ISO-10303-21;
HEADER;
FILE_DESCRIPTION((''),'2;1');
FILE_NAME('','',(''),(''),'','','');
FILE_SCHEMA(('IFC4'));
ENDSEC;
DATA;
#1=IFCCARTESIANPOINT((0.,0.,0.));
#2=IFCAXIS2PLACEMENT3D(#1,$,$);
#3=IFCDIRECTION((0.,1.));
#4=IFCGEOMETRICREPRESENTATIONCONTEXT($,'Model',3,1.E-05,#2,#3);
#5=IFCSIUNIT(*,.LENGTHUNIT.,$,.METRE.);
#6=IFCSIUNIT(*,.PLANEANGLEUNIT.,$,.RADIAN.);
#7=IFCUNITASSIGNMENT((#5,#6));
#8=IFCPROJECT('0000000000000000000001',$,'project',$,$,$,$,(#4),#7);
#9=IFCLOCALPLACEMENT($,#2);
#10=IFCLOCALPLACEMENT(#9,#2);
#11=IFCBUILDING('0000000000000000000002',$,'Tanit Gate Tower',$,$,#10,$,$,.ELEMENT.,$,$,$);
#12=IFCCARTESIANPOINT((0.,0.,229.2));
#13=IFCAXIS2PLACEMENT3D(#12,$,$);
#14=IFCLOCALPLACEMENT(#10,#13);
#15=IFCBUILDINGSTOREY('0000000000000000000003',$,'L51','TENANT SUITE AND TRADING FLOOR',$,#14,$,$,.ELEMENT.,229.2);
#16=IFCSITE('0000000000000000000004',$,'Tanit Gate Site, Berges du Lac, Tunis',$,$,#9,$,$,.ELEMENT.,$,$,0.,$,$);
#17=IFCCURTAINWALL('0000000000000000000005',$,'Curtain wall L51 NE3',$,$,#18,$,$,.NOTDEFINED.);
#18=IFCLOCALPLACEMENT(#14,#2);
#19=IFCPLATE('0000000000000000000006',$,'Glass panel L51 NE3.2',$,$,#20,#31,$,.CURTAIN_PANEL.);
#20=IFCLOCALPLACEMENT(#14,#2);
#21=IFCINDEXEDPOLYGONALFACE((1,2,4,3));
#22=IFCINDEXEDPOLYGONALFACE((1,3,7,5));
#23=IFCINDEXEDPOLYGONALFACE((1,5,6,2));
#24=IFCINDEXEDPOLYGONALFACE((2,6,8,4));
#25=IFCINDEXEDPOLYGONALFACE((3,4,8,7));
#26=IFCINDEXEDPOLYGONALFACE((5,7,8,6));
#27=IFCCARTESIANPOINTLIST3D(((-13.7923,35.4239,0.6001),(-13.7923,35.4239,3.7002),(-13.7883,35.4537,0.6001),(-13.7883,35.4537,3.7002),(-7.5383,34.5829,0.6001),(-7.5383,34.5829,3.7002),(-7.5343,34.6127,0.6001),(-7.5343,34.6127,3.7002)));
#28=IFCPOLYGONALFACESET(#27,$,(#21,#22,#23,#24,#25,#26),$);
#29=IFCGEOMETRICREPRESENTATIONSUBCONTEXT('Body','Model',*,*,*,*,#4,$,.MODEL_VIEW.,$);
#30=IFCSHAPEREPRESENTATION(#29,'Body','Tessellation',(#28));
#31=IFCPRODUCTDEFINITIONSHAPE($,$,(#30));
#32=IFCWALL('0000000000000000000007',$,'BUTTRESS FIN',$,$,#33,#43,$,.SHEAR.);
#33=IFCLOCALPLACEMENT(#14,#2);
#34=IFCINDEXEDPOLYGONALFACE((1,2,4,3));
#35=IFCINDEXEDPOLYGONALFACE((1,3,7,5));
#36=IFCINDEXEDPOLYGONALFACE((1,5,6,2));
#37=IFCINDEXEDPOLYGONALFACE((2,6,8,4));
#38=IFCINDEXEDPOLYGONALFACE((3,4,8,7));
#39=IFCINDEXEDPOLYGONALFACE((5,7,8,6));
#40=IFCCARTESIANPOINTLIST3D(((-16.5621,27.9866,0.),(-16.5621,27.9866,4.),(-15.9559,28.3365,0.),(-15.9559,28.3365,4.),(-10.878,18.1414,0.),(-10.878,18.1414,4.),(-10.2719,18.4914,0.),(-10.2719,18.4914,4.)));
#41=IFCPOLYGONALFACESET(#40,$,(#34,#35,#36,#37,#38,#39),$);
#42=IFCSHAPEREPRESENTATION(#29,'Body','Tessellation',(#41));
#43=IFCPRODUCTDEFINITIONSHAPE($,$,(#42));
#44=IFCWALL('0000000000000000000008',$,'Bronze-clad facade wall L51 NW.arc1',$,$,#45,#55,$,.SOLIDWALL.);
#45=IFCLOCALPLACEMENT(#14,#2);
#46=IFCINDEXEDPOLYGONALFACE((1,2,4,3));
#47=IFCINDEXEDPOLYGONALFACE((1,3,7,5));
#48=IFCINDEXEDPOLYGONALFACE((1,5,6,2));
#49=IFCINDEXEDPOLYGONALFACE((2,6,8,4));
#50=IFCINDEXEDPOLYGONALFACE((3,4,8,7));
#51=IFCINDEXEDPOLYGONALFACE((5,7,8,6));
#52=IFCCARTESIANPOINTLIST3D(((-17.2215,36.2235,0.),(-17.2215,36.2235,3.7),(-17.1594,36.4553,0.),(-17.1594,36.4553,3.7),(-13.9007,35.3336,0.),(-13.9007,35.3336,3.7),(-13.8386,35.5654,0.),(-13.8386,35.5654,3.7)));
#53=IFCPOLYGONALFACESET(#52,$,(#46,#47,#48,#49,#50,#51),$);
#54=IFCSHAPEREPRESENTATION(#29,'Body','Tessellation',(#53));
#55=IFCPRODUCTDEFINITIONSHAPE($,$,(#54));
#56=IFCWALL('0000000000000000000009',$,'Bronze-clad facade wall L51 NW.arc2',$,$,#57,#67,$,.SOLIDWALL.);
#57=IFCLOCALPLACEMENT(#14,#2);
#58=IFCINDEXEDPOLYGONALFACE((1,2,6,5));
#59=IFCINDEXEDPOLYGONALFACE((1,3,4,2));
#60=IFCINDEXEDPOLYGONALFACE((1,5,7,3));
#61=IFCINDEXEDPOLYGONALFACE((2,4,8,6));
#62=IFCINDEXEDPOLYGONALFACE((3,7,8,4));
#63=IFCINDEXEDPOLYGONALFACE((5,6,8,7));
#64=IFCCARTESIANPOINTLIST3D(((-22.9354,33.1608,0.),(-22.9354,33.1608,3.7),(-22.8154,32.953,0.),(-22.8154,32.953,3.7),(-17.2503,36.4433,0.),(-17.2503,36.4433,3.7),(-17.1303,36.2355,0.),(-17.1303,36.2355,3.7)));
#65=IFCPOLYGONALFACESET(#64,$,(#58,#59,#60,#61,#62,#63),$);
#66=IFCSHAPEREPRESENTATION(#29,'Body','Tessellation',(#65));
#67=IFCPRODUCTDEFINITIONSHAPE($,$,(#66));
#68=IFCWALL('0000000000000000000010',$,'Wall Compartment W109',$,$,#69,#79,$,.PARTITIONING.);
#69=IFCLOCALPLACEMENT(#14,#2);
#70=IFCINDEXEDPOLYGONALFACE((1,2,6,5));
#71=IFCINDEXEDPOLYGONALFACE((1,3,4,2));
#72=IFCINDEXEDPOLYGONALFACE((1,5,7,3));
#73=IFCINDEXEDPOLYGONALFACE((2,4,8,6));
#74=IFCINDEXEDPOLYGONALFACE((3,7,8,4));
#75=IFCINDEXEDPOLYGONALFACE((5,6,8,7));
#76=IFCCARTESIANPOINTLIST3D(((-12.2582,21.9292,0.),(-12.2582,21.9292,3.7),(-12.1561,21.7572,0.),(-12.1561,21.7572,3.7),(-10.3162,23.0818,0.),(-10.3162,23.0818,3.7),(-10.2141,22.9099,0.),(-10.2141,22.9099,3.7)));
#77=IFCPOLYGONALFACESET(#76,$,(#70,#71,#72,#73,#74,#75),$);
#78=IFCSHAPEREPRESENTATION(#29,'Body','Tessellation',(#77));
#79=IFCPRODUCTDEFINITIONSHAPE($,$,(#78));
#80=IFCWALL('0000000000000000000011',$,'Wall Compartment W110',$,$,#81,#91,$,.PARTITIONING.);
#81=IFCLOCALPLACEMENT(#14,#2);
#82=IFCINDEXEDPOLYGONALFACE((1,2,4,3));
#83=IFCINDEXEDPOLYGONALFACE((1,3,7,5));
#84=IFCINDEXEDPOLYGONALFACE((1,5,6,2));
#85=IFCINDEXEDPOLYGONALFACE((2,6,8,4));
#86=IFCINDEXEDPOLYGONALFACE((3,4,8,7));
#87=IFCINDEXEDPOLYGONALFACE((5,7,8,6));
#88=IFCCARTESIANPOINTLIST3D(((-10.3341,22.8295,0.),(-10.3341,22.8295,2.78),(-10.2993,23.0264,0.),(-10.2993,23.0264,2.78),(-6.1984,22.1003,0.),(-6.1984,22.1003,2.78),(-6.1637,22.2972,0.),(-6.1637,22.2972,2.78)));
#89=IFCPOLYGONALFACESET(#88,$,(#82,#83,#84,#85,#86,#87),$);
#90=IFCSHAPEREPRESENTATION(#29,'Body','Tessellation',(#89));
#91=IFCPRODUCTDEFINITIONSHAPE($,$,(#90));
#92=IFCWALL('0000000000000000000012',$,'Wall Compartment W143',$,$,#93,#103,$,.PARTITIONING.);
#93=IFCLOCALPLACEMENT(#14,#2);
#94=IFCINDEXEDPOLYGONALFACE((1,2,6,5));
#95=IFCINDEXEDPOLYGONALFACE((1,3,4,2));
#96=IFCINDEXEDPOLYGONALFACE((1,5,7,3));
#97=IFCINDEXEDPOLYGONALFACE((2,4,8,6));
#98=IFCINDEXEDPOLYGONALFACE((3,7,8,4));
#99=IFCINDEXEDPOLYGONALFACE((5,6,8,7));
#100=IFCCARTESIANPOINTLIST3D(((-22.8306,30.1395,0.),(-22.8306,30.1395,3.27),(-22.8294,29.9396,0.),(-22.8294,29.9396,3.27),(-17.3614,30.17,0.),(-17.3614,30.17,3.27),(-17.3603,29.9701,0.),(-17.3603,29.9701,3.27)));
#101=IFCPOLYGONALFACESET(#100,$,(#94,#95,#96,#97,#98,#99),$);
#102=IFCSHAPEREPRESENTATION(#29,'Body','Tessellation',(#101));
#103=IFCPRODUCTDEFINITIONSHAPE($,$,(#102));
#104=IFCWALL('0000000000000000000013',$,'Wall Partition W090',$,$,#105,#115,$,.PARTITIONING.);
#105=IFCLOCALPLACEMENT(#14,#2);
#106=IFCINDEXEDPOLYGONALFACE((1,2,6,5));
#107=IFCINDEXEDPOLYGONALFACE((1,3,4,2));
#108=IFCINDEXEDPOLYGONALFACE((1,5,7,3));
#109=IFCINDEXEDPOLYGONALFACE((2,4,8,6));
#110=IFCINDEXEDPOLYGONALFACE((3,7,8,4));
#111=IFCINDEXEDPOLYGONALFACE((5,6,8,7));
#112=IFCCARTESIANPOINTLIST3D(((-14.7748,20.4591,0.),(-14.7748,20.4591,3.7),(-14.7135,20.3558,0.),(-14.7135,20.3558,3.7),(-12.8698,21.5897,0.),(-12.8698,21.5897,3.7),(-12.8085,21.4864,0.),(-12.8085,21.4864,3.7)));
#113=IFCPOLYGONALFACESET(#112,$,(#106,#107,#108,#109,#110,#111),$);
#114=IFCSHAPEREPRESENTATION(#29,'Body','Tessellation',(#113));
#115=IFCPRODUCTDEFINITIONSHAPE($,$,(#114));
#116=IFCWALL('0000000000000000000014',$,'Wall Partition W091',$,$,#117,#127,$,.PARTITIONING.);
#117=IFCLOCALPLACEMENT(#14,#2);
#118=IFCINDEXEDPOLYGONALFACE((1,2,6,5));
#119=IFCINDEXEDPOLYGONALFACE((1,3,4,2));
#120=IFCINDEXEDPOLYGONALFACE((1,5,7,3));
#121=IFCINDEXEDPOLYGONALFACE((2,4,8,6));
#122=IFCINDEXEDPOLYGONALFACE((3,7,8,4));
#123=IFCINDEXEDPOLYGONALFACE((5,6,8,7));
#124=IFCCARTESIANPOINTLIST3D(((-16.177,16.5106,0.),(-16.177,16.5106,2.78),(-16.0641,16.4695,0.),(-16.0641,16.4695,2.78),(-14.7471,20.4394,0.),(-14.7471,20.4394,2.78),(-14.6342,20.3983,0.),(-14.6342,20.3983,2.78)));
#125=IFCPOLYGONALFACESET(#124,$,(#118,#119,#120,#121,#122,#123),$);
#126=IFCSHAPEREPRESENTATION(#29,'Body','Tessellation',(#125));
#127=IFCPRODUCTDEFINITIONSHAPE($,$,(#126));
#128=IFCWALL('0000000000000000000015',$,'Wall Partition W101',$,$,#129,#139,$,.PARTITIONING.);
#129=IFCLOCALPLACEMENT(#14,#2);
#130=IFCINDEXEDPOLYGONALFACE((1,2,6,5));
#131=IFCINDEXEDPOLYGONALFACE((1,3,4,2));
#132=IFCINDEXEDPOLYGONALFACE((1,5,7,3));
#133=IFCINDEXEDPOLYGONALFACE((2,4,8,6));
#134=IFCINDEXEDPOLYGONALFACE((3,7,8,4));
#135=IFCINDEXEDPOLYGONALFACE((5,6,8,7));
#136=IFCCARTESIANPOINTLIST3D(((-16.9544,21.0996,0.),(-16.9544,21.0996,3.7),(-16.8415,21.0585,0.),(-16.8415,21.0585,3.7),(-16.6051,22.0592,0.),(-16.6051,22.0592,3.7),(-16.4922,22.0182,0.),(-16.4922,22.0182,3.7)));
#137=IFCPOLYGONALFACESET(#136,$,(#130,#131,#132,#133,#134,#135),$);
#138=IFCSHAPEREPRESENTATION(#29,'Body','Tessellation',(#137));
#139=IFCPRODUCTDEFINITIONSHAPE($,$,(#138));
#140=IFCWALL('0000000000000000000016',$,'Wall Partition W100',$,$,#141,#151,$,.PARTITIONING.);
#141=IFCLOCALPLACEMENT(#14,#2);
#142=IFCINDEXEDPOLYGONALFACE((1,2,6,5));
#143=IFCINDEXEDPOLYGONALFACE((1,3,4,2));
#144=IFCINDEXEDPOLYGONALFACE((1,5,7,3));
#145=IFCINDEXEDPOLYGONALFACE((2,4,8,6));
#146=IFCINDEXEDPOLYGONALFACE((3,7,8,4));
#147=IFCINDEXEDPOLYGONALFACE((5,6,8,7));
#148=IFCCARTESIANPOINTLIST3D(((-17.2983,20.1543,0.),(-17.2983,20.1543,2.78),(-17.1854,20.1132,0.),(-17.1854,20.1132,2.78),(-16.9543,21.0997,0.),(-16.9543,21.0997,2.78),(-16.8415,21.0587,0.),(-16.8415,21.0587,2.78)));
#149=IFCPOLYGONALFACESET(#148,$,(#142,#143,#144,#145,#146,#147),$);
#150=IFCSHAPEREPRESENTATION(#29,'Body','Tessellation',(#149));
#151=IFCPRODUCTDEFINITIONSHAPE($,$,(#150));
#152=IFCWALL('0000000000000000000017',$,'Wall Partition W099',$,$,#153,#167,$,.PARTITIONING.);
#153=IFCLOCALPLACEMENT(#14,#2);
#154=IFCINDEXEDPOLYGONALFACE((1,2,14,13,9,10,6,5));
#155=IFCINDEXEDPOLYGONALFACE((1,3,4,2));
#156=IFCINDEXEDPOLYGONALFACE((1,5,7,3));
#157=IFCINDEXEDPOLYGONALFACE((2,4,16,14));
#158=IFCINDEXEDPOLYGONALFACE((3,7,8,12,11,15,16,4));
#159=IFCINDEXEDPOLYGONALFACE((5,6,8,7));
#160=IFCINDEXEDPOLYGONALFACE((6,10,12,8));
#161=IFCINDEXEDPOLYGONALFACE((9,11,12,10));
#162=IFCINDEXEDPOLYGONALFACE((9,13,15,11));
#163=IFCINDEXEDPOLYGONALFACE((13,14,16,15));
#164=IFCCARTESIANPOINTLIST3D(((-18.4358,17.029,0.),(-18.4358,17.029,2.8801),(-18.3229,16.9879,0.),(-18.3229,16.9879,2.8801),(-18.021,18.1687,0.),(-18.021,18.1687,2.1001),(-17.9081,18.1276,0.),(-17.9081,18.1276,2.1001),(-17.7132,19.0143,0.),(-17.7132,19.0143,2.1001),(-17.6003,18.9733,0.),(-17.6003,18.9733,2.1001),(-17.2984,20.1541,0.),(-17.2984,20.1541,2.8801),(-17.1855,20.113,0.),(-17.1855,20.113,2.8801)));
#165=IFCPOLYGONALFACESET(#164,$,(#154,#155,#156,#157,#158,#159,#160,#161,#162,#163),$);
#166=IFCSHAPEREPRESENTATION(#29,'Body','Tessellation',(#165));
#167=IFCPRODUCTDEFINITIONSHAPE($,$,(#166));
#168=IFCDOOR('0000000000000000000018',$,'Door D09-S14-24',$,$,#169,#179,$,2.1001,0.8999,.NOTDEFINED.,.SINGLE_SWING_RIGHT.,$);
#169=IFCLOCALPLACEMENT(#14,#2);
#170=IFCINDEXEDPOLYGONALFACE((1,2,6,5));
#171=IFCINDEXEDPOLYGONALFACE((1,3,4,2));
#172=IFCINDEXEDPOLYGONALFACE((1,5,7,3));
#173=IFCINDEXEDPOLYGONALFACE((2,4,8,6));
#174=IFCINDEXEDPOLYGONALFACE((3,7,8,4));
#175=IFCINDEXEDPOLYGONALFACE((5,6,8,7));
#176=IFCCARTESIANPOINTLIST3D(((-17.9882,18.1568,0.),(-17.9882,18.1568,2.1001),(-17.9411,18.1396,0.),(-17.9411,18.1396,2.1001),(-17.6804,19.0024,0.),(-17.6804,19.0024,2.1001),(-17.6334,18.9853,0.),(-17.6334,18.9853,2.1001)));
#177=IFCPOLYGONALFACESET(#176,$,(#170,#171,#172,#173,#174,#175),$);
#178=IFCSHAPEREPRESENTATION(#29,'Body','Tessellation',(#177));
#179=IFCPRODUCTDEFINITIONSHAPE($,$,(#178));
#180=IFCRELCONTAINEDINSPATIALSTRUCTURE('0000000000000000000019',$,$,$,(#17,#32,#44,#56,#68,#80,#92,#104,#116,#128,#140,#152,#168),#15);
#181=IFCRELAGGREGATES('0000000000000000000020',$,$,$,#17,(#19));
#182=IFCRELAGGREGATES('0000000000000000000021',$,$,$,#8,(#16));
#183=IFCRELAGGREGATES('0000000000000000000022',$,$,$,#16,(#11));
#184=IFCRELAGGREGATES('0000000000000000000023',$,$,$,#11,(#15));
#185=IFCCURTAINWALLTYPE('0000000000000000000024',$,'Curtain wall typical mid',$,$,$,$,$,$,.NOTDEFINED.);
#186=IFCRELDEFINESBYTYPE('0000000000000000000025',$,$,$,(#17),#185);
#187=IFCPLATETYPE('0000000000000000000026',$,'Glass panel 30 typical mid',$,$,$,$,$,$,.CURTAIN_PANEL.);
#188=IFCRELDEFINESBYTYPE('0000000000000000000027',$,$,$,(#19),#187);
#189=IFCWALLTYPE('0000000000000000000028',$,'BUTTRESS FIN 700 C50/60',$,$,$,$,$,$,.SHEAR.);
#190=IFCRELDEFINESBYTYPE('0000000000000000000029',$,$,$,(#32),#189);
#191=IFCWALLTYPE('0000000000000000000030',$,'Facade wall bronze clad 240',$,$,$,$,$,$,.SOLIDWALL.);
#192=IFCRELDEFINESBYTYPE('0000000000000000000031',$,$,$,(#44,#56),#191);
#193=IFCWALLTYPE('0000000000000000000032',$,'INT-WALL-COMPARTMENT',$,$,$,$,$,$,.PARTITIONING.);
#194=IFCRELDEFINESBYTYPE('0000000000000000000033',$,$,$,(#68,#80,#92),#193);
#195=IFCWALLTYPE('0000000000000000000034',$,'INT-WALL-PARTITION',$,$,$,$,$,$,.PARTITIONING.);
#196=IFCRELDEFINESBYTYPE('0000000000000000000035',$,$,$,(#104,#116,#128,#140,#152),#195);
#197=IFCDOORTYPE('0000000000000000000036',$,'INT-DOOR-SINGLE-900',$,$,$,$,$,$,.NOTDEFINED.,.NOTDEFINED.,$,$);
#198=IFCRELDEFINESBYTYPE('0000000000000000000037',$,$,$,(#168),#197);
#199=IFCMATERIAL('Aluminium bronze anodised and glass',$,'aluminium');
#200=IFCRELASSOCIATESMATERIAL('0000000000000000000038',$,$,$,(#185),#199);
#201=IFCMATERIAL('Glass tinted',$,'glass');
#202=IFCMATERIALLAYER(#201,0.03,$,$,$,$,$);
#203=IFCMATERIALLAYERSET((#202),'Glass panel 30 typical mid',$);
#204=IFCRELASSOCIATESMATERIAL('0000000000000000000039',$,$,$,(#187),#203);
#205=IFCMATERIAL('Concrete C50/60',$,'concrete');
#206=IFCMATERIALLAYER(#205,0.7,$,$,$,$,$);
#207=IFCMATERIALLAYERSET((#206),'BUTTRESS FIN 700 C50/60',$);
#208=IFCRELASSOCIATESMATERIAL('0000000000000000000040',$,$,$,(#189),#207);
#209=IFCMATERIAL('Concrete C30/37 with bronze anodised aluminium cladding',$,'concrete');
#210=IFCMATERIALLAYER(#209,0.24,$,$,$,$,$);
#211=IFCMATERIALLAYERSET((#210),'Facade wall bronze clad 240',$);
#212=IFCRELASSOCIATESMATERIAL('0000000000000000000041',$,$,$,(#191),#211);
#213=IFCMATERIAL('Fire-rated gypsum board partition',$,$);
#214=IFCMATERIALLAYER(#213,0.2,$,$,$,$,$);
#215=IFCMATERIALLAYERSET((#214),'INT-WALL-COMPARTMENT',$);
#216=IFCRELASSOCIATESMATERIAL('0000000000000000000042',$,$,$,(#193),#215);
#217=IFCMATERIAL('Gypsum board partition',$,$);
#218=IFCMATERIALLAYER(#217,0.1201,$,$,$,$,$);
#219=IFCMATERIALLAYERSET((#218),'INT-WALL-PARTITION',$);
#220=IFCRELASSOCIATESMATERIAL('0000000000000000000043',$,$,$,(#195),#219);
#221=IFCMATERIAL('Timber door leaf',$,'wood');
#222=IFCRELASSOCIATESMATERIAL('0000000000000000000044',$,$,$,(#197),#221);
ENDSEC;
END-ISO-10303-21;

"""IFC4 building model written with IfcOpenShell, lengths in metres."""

from ifc_helpers import new_model, si_unit, direction, frame, frame_2d, origin, origin_2d, place, context, subcontext, project, spatial, rectangle, extrude, material, layer, layer_set, type_object, element, fill, aggregate, save


model = new_model("IFC4")

# Units and contexts
model_context = context("Model", 3, precision=1e-05, world=origin(), true_north=direction((0.0, 1.0)))
body_context = subcontext(model_context, "Body", "Model", "MODEL_VIEW")
ifc_project = project(units=[si_unit("LENGTHUNIT", "METRE"), si_unit("PLANEANGLEUNIT", "RADIAN")], contexts=[model_context])

# Site, building, storey
site_placement = place(None, origin())
site = spatial("IfcSite", under=ifc_project, at=site_placement, Name="Tanit Gate Site, Berges du Lac, Tunis", CompositionType="ELEMENT", RefElevation=0.0)
building_placement = place(site_placement, origin())
building = spatial("IfcBuilding", under=site, at=building_placement, Name="Tanit Gate Tower", CompositionType="ELEMENT")
storey_placement = place(building_placement, frame((0.0, 0.0, 229.2)))
storey = spatial("IfcBuildingStorey", under=building, at=storey_placement, Name="L51", Description="TENANT SUITE AND TRADING FLOOR", CompositionType="ELEMENT", Elevation=229.2)

# Curtain wall
ifc_material_1 = material(Name="Aluminium bronze anodised and glass", Category="aluminium")
curtain_wall_type = type_object("IfcCurtainWallType", Name="Curtain wall typical mid", PredefinedType="NOTDEFINED", material=ifc_material_1)
curtain_wall_placement = place(storey_placement, origin())
curtain_wall = element("IfcCurtainWall", 1, at=curtain_wall_placement, inside=storey, type_object=curtain_wall_type, Name="Curtain wall L51 NE3", PredefinedType="NOTDEFINED")

# Plate
ifc_material_2 = material(Name="Glass tinted", Category="glass")
ifc_layer_1 = layer(ifc_material_2, 0.03)
ifc_layer_set_1 = layer_set([ifc_layer_1], Name="Glass panel 30 typical mid")
plate_type = type_object("IfcPlateType", Name="Glass panel 30 typical mid", PredefinedType="CURTAIN_PANEL", material=ifc_layer_set_1)
plate_1_placement = place(storey_placement, frame((-10.6633, 35.0183, 0.6001), z_axis=(0.0, 0.0, 1.0), x_axis=(-0.99108, 0.133269, 0.0)))
plate_1 = element("IfcPlate", 2, at=plate_1_placement, type_object=plate_type, Name="Glass panel L51 NE3.2", PredefinedType="CURTAIN_PANEL", context=body_context, shape_type="SweptSolid", body=[
    extrude(rectangle(XDim=6.3103, YDim=0.03, at=origin_2d()), origin(), (0.0, 0.0, 1.0), 3.1001),
])
aggregate(curtain_wall, [plate_1])

# Walls
ifc_material_3 = material(Name="Concrete C50/60", Category="concrete")
ifc_layer_2 = layer(ifc_material_3, 0.7)
ifc_layer_set_2 = layer_set([ifc_layer_2], Name="BUTTRESS FIN 700 C50/60")
wall_type_1 = type_object("IfcWallType", Name="BUTTRESS FIN 700 C50/60", PredefinedType="SHEAR", material=ifc_layer_set_2)
wall_1_placement = place(storey_placement, frame((-10.575, 18.3164, 0.0), z_axis=(0.0, 0.0, 1.0), x_axis=(-0.499996, 0.866028, 0.0)))
element("IfcWall", 3, at=wall_1_placement, inside=storey, type_object=wall_type_1, Name="BUTTRESS FIN", PredefinedType="SHEAR", context=body_context, shape_type="SweptSolid", body=[
    extrude(rectangle(XDim=11.3682, YDim=0.7, at=frame_2d((5.6841, 0.0))), origin(), (0.0, 0.0, 1.0), 4.0),
])
ifc_material_4 = material(Name="Concrete C30/37 with bronze anodised aluminium cladding", Category="concrete")
ifc_layer_3 = layer(ifc_material_4, 0.24)
ifc_layer_set_3 = layer_set([ifc_layer_3], Name="Facade wall bronze clad 240")
wall_type_2 = type_object("IfcWallType", Name="Facade wall bronze clad 240", PredefinedType="SOLIDWALL", material=ifc_layer_set_3)
wall_2_placement = place(storey_placement, frame((-13.8696, 35.4495, 0.0), z_axis=(0.0, 0.0, 1.0), x_axis=(-0.96592, 0.258843, 0.0)))
element("IfcWall", 4, at=wall_2_placement, inside=storey, type_object=wall_type_2, Name="Bronze-clad facade wall L51 NW.arc1", PredefinedType="SOLIDWALL", context=body_context, shape_type="SweptSolid", body=[
    extrude(rectangle(XDim=3.438, YDim=0.24, at=frame_2d((1.719, 0.0))), origin(), (0.0, 0.0, 1.0), 3.7),
])
wall_3_placement = place(storey_placement, frame((-17.1904, 36.3394, 0.0), z_axis=(0.0, 0.0, 1.0), x_axis=(-0.866012, -0.500023, 0.0)))
element("IfcWall", 5, at=wall_3_placement, inside=storey, type_object=wall_type_2, Name="Bronze-clad facade wall L51 NW.arc2", PredefinedType="SOLIDWALL", context=body_context, shape_type="SweptSolid", body=[
    extrude(rectangle(XDim=6.5647, YDim=0.24, at=frame_2d((3.2822, 0.0))), origin(), (0.0, 0.0, 1.0), 3.7),
])
ifc_material_5 = material(Name="Fire-rated gypsum board partition")
ifc_layer_4 = layer(ifc_material_5, 0.2)
ifc_layer_set_4 = layer_set([ifc_layer_4], Name="INT-WALL-COMPARTMENT")
wall_type_3 = type_object("IfcWallType", Name="INT-WALL-COMPARTMENT", PredefinedType="PARTITIONING", material=ifc_layer_set_4)
wall_4_placement = place(storey_placement, frame((-10.2651, 22.9958, 0.0), z_axis=(0.0, 0.0, 1.0), x_axis=(-0.859935, -0.510404, 0.0)))
element("IfcWall", 6, at=wall_4_placement, inside=storey, type_object=wall_type_3, Name="Wall Compartment W109", PredefinedType="PARTITIONING", context=body_context, shape_type="SweptSolid", body=[
    extrude(rectangle(XDim=2.2583, YDim=0.2, at=frame_2d((1.1292, 0.0))), origin(), (0.0, 0.0, 1.0), 3.7),
])
wall_5_placement = place(storey_placement, frame((-6.1812, 22.1987, 0.0), z_axis=(0.0, 0.0, 1.0), x_axis=(-0.984808, 0.173649, 0.0)))
element("IfcWall", 7, at=wall_5_placement, inside=storey, type_object=wall_type_3, Name="Wall Compartment W110", PredefinedType="PARTITIONING", context=body_context, shape_type="SweptSolid", body=[
    extrude(rectangle(XDim=4.1995, YDim=0.2, at=frame_2d((2.0996, 0.0))), origin(), (0.0, 0.0, 1.0), 2.78),
])
wall_6_placement = place(storey_placement, frame((-17.3608, 30.0701, 0.0), z_axis=(0.0, 0.0, 1.0), x_axis=(-0.999984, -0.00558, 0.0)))
element("IfcWall", 8, at=wall_6_placement, inside=storey, type_object=wall_type_3, Name="Wall Compartment W143", PredefinedType="PARTITIONING", context=body_context, shape_type="SweptSolid", body=[
    extrude(rectangle(XDim=5.4692, YDim=0.2, at=frame_2d((2.7346, 0.0))), origin(), (0.0, 0.0, 1.0), 3.27),
])
ifc_material_6 = material(Name="Gypsum board partition")
ifc_layer_5 = layer(ifc_material_6, 0.1201)
ifc_layer_set_5 = layer_set([ifc_layer_5], Name="INT-WALL-PARTITION")
wall_type_4 = type_object("IfcWallType", Name="INT-WALL-PARTITION", PredefinedType="PARTITIONING", material=ifc_layer_set_5)
wall_7_placement = place(storey_placement, frame((-12.8391, 21.5381, 0.0), z_axis=(0.0, 0.0, 1.0), x_axis=(-0.859953, -0.510373, 0.0)))
element("IfcWall", 9, at=wall_7_placement, inside=storey, type_object=wall_type_4, Name="Wall Partition W090", PredefinedType="PARTITIONING", context=body_context, shape_type="SweptSolid", body=[
    extrude(rectangle(XDim=2.2153, YDim=0.1201, at=frame_2d((1.1077, 0.0))), origin(), (0.0, 0.0, 1.0), 3.7),
])
wall_8_placement = place(storey_placement, frame((-14.6907, 20.4187, 0.0), z_axis=(0.0, 0.0, 1.0), x_axis=(-0.34202, -0.939693, 0.0)))
element("IfcWall", 10, at=wall_8_placement, inside=storey, type_object=wall_type_4, Name="Wall Partition W091", PredefinedType="PARTITIONING", context=body_context, shape_type="SweptSolid", body=[
    extrude(rectangle(XDim=4.1809, YDim=0.1201, at=frame_2d((2.0903, 0.0))), origin(), (0.0, 0.0, 1.0), 2.78),
])
wall_9_placement = place(storey_placement, frame((-16.5486, 22.0388, 0.0), z_axis=(0.0, 0.0, 1.0), x_axis=(-0.342069, -0.939675, 0.0)))
element("IfcWall", 11, at=wall_9_placement, inside=storey, type_object=wall_type_4, Name="Wall Partition W101", PredefinedType="PARTITIONING", context=body_context, shape_type="SweptSolid", body=[
    extrude(rectangle(XDim=1.0212, YDim=0.1201, at=frame_2d((0.5107, 0.0))), origin(), (0.0, 0.0, 1.0), 3.7),
])
wall_10_placement = place(storey_placement, frame((-16.8979, 21.0791, 0.0), z_axis=(0.0, 0.0, 1.0), x_axis=(-0.341879, -0.939744, 0.0)))
element("IfcWall", 12, at=wall_10_placement, inside=storey, type_object=wall_type_4, Name="Wall Partition W100", PredefinedType="PARTITIONING", context=body_context, shape_type="SweptSolid", body=[
    extrude(rectangle(XDim=1.0061, YDim=0.1201, at=frame_2d((0.5029, 0.0))), origin(), (0.0, 0.0, 1.0), 2.78),
])

# Wall, opening, door
wall_11_placement = place(storey_placement, frame((-17.2419, 20.1335, 0.0), z_axis=(0.0, 0.0, 1.0), x_axis=(-0.342008, -0.939697, 0.0)))
wall_11 = element("IfcWall", 13, at=wall_11_placement, inside=storey, type_object=wall_type_4, Name="Wall Partition W099", PredefinedType="PARTITIONING", context=body_context, shape_type="SweptSolid", body=[
    extrude(rectangle(XDim=3.3257, YDim=0.1201, at=frame_2d((1.6628, 0.0))), origin(), (0.0, 0.0, 1.0), 2.8801),
])
opening_1_placement = place(wall_11_placement, frame((1.2129, 0.0, 0.0)))
opening_1 = element("IfcOpeningElement", 14, at=opening_1_placement, cuts=wall_11, PredefinedType="OPENING", context=body_context, shape_type="SweptSolid", body=[
    extrude(rectangle(XDim=0.8999, YDim=2.1001, at=frame_2d((0.45, 1.05))), frame((0.0, 0.0701, 0.0), z_axis=(0.0, -1.0, 0.0), x_axis=(1.0, 0.0, 0.0)), (0.0, 0.0, 1.0), 0.1401),
])
ifc_material_7 = material(Name="Timber door leaf", Category="wood")
door_type_1 = type_object("IfcDoorType", Name="INT-DOOR-SINGLE-900", OperationType="NOTDEFINED", PredefinedType="NOTDEFINED", material=ifc_material_7)
door_1_placement = place(opening_1_placement, origin())
door_1 = element("IfcDoor", 15, at=door_1_placement, inside=storey, type_object=door_type_1, Name="Door D09-S14-24", OperationType="SINGLE_SWING_RIGHT", OverallHeight=2.1001, OverallWidth=0.8999, PredefinedType="NOTDEFINED", context=body_context, shape_type="SweptSolid", body=[
    extrude(rectangle(XDim=0.8999, YDim=2.1001, at=frame_2d((0.45, 1.05))), frame((0.0, 0.0249, 0.0), z_axis=(0.0, -1.0, 0.0), x_axis=(1.0, 0.0, 0.0)), (0.0, 0.0, 1.0), 0.05),
])
fill(opening_1, door_1)

save(model, "model.ifc")
